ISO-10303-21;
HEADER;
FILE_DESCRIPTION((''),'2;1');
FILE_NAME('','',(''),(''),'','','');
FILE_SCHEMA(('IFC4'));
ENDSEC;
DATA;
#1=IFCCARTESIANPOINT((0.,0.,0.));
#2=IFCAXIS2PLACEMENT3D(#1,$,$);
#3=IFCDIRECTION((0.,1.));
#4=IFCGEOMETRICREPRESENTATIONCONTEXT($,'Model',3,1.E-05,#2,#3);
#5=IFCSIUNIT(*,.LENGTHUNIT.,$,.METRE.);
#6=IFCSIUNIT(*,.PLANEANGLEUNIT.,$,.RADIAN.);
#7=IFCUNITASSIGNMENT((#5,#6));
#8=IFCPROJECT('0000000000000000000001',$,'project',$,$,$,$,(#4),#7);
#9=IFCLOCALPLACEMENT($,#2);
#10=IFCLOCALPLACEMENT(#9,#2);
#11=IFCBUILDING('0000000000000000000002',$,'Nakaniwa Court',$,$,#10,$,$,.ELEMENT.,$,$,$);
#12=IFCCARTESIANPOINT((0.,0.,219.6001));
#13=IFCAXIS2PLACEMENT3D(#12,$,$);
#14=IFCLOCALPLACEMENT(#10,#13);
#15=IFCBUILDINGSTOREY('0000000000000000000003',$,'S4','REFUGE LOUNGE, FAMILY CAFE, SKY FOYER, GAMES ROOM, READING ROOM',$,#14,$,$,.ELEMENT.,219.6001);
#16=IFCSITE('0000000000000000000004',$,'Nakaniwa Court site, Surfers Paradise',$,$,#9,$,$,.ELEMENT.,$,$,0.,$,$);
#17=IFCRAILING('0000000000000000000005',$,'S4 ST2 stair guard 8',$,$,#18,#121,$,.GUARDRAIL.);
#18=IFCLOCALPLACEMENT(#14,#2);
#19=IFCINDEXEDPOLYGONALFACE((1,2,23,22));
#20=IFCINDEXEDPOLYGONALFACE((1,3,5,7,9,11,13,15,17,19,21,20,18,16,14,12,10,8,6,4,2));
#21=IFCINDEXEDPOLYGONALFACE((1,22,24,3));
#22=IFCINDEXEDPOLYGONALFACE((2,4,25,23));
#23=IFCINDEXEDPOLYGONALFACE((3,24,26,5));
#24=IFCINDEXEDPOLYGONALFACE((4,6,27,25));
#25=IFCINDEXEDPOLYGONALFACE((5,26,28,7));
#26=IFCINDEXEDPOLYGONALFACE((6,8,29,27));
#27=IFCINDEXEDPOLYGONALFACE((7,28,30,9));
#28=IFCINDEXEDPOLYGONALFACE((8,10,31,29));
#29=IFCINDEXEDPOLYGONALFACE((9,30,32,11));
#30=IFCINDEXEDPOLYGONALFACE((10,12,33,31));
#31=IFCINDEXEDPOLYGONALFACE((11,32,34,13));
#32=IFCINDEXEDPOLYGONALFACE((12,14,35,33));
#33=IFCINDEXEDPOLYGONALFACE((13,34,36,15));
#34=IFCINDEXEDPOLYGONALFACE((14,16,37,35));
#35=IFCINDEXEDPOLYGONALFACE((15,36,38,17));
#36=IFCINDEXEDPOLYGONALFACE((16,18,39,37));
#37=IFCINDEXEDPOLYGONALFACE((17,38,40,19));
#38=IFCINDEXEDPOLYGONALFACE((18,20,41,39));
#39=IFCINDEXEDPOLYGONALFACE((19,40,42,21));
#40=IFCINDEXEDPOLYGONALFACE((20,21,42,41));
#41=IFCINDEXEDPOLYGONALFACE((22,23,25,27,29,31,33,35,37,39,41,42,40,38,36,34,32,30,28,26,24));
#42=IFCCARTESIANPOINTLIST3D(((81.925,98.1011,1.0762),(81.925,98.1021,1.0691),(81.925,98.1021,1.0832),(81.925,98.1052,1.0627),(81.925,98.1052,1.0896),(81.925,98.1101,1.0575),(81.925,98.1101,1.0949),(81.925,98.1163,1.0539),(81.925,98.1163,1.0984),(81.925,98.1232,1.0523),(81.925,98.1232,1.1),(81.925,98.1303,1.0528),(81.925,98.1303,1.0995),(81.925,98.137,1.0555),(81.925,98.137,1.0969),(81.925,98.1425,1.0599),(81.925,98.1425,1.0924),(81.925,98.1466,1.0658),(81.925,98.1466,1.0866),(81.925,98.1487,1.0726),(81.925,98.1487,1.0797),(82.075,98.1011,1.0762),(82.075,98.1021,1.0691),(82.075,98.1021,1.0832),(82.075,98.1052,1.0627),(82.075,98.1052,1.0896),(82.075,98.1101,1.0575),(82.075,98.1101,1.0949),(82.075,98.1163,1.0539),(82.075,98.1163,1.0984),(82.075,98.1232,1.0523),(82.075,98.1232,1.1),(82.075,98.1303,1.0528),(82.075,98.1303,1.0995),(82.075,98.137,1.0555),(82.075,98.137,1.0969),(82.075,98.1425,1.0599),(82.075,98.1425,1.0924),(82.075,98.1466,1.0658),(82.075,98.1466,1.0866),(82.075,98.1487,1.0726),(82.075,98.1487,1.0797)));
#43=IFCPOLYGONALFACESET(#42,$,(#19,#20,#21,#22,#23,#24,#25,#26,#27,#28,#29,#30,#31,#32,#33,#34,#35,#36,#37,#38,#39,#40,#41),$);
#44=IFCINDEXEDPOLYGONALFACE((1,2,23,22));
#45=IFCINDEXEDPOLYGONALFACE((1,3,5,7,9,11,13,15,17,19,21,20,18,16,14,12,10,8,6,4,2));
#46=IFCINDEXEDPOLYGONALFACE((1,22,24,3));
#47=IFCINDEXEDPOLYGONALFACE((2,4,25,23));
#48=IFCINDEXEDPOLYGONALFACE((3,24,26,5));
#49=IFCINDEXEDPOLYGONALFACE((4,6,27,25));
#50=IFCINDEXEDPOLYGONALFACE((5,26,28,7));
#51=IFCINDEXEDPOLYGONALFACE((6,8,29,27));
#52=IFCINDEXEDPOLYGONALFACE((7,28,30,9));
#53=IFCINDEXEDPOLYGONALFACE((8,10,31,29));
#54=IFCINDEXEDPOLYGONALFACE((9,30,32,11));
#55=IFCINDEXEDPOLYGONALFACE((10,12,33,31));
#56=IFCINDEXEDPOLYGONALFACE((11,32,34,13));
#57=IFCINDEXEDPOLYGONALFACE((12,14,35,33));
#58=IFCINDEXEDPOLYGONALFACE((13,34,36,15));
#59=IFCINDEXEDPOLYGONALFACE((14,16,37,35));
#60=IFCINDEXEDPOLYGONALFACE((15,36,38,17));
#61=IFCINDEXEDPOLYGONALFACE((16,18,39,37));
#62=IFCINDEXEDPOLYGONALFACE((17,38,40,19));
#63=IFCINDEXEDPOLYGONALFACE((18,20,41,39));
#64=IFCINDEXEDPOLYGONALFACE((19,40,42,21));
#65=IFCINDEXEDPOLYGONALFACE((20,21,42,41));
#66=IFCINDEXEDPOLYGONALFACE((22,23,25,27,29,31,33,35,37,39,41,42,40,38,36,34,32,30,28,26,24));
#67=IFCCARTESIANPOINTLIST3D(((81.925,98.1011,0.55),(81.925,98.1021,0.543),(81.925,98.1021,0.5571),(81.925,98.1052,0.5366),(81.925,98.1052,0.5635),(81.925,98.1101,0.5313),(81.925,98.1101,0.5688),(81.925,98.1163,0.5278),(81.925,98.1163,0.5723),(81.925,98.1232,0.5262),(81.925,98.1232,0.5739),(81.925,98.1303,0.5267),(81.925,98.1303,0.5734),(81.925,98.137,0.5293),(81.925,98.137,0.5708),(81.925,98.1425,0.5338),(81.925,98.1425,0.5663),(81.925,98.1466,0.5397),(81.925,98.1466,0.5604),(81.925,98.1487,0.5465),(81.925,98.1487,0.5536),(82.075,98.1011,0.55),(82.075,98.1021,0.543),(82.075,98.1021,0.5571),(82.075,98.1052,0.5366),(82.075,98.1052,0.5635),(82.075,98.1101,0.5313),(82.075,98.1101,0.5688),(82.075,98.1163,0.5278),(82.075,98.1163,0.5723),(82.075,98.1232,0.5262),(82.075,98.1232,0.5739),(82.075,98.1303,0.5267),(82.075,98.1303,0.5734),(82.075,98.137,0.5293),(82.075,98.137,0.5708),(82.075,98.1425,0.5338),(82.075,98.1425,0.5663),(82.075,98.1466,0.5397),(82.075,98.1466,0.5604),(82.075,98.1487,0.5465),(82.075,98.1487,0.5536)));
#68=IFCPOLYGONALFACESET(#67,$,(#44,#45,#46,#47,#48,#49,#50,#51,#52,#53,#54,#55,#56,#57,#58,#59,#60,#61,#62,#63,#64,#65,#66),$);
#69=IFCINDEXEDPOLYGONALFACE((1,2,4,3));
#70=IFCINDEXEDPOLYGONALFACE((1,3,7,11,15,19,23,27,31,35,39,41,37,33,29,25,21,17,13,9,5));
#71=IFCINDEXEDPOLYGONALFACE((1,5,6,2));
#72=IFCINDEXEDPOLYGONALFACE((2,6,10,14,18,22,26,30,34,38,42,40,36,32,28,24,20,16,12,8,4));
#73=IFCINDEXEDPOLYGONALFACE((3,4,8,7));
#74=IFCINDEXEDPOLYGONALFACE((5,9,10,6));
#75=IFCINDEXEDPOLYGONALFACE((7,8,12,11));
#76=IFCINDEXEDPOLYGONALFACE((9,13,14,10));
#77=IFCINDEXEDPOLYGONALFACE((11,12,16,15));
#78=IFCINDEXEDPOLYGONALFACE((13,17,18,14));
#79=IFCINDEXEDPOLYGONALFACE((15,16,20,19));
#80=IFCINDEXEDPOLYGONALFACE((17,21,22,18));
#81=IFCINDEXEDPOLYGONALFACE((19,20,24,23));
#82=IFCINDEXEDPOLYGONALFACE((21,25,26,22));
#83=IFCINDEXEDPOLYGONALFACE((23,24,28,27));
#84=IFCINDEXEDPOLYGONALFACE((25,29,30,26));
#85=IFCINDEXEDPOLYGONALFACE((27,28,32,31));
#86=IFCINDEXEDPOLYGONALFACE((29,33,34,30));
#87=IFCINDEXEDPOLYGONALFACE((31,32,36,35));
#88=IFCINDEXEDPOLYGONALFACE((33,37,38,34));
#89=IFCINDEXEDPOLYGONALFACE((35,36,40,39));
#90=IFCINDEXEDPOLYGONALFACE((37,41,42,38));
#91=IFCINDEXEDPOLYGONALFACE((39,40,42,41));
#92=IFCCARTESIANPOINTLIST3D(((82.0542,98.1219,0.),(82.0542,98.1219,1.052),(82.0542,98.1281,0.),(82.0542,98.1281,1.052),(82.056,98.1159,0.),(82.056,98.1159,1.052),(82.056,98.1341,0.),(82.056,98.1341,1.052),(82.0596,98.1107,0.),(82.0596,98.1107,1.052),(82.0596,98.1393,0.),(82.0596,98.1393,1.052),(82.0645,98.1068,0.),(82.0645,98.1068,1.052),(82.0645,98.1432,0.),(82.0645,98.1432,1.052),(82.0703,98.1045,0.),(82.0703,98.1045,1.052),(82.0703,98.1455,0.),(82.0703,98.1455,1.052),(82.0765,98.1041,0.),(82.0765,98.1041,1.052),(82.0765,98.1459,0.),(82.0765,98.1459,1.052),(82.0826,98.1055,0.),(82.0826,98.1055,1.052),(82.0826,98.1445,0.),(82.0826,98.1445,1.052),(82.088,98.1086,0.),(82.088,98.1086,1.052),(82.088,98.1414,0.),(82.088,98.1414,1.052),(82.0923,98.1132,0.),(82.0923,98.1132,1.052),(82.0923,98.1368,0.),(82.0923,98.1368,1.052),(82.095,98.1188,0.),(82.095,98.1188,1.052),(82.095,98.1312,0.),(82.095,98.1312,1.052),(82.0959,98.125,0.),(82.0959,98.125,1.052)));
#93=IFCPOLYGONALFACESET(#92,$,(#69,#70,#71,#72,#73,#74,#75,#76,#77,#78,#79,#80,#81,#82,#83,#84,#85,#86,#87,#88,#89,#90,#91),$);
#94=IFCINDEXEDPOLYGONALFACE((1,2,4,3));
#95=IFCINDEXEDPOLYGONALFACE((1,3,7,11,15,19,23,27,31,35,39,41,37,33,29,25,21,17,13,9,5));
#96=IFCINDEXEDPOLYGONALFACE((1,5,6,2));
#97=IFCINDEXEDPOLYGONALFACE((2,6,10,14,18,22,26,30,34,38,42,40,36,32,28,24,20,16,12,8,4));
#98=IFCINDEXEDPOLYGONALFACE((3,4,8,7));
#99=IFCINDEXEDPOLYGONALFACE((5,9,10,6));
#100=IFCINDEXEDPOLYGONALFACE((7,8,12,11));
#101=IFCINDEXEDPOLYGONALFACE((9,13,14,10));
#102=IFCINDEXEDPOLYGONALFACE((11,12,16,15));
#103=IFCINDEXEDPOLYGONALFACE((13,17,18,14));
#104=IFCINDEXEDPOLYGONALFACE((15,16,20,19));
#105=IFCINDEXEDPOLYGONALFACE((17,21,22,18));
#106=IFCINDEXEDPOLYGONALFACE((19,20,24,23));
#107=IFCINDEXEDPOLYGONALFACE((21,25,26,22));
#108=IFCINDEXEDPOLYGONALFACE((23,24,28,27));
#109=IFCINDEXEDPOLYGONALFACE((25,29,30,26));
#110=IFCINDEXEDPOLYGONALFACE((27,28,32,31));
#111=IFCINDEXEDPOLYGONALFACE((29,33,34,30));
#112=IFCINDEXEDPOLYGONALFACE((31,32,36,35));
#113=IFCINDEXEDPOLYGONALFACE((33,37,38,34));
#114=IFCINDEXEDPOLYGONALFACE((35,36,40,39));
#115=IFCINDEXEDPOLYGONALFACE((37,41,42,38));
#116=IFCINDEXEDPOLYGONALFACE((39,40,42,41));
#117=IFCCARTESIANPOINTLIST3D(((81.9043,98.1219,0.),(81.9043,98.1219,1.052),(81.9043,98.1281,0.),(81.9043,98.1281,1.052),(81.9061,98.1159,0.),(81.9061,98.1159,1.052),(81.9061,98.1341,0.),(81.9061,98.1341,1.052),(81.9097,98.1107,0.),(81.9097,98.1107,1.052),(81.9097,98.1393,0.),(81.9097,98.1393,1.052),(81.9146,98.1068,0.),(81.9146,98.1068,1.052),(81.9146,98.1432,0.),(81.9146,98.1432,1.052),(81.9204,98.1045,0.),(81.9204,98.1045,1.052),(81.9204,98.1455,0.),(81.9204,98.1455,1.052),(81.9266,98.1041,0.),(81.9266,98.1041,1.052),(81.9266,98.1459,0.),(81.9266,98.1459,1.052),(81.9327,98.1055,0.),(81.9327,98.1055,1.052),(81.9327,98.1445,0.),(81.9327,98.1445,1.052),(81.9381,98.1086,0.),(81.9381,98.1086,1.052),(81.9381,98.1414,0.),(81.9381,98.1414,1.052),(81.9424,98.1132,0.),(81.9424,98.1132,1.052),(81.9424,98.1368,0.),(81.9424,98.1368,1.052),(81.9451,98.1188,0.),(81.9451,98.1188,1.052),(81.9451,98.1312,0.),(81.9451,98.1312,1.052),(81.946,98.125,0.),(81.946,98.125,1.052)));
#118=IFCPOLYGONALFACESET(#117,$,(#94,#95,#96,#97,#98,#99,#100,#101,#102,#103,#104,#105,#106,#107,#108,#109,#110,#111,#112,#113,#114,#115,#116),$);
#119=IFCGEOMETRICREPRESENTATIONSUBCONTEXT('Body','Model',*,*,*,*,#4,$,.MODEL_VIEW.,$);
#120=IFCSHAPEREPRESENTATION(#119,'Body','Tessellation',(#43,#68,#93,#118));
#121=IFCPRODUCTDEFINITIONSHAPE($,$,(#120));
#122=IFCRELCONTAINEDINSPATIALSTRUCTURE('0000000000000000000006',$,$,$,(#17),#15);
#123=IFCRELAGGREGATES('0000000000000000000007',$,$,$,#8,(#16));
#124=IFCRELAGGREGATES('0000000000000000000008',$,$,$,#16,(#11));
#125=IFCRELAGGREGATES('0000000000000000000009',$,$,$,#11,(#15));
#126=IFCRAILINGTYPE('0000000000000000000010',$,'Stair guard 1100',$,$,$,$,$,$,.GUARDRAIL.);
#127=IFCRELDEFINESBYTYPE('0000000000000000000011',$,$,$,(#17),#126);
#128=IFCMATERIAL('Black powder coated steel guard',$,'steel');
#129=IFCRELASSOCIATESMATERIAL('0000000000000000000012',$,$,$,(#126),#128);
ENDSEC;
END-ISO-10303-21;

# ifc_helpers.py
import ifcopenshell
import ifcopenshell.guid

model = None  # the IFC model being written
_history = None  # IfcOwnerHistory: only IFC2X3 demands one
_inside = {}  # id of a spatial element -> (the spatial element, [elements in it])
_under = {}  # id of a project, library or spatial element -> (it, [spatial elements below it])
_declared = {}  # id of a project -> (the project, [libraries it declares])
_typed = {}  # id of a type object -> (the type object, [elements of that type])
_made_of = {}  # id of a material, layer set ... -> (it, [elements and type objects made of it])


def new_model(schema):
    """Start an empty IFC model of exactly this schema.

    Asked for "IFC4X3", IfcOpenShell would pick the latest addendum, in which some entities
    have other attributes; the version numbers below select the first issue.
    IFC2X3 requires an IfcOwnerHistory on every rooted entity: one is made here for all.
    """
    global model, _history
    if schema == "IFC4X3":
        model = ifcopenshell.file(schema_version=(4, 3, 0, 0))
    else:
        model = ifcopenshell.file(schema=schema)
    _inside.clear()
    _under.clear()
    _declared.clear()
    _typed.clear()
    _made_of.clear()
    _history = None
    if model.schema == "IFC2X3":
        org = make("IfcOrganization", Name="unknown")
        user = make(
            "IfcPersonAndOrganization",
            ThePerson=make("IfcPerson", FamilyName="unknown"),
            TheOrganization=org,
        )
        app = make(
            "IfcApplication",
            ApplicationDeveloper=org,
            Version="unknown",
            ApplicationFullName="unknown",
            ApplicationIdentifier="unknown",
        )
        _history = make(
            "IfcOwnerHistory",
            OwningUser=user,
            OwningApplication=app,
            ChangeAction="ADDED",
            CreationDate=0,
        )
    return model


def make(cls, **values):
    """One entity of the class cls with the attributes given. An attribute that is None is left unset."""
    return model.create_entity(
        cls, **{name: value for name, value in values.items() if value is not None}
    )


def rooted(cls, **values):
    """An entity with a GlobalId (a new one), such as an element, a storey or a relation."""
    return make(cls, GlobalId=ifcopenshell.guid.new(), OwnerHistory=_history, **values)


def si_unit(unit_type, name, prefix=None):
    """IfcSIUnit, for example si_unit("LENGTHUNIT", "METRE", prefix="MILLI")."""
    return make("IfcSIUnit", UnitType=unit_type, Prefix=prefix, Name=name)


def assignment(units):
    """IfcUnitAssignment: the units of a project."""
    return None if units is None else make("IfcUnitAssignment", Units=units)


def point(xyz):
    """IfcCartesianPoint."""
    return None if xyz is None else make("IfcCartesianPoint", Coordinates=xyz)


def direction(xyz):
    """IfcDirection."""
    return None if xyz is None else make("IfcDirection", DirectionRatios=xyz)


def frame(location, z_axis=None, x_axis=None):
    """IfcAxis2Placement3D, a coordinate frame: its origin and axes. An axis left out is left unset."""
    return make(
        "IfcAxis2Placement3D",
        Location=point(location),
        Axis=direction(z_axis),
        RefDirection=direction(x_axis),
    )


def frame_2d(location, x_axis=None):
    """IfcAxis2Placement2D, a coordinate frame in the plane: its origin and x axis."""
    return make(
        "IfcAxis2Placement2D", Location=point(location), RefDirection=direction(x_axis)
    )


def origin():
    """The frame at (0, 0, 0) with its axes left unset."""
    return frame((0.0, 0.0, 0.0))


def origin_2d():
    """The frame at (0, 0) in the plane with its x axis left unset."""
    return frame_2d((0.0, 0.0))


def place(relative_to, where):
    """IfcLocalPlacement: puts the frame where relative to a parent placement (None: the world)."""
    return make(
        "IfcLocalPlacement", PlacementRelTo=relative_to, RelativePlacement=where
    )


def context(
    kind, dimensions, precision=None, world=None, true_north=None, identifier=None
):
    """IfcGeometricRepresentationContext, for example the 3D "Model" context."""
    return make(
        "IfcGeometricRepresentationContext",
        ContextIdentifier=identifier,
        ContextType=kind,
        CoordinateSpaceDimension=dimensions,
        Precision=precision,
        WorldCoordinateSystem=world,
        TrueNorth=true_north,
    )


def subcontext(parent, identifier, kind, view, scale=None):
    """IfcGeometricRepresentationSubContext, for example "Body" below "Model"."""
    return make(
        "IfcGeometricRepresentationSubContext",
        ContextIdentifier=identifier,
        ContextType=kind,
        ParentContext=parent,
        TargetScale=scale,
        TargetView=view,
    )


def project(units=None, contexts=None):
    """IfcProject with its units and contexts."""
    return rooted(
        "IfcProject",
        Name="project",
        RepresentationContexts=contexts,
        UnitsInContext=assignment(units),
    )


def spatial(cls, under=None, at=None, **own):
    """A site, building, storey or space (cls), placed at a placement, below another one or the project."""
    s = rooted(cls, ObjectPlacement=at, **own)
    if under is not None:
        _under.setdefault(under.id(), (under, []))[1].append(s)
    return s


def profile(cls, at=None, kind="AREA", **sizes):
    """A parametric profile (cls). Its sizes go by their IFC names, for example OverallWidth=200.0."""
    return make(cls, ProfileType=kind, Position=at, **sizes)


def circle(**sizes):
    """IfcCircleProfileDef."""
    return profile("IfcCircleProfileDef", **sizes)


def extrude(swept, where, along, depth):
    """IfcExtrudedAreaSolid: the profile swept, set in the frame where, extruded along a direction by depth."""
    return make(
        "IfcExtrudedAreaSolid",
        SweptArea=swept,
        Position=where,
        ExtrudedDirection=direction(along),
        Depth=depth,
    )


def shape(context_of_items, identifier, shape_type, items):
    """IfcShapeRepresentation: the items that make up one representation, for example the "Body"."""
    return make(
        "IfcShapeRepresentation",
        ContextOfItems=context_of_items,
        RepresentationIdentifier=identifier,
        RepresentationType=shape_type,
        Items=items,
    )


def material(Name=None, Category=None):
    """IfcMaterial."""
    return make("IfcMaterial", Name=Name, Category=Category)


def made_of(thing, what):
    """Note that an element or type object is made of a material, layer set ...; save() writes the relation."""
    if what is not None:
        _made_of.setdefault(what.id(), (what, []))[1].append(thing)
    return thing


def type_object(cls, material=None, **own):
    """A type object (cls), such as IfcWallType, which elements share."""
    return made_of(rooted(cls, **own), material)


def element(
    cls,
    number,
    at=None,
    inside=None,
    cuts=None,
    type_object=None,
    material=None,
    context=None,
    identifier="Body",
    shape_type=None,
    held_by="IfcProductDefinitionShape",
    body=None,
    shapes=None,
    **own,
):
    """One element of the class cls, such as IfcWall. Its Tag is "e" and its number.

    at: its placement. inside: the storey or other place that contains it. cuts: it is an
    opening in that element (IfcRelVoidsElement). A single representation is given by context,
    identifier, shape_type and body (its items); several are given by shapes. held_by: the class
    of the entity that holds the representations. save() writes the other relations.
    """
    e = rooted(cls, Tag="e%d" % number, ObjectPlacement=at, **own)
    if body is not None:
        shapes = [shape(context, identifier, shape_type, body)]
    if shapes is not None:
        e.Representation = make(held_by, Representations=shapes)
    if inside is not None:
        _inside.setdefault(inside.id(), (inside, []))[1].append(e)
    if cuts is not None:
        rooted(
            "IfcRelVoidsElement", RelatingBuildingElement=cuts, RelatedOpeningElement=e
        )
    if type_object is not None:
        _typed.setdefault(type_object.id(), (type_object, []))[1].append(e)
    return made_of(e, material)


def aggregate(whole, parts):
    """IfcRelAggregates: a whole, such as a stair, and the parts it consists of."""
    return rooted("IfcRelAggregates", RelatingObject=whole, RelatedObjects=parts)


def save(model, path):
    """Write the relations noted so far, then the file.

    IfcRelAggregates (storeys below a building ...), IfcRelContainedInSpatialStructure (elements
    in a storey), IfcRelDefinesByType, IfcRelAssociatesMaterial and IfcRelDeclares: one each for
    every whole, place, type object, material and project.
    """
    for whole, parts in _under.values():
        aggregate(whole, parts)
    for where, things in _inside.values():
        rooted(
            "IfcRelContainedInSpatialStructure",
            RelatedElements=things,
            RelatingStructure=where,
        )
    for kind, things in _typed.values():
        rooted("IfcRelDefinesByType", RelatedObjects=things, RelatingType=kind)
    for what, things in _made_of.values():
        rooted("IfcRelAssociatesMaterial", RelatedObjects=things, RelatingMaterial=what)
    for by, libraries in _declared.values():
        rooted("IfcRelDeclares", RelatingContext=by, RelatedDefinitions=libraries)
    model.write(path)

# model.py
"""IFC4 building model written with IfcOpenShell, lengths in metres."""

from ifc_helpers import new_model, si_unit, direction, frame, origin, origin_2d, place, context, subcontext, project, spatial, circle, extrude, material, type_object, element, save


model = new_model("IFC4")

# Units and contexts
model_context = context("Model", 3, precision=1e-05, world=origin(), true_north=direction((0.0, 1.0)))
body_context = subcontext(model_context, "Body", "Model", "MODEL_VIEW")
ifc_project = project(units=[si_unit("LENGTHUNIT", "METRE"), si_unit("PLANEANGLEUNIT", "RADIAN")], contexts=[model_context])

# Site, building, storey
site_placement = place(None, origin())
site = spatial("IfcSite", under=ifc_project, at=site_placement, Name="Nakaniwa Court site, Surfers Paradise", CompositionType="ELEMENT", RefElevation=0.0)
building_placement = place(site_placement, origin())
building = spatial("IfcBuilding", under=site, at=building_placement, Name="Nakaniwa Court", CompositionType="ELEMENT")
storey_placement = place(building_placement, frame((0.0, 0.0, 219.6001)))
storey = spatial("IfcBuildingStorey", under=building, at=storey_placement, Name="S4", Description="REFUGE LOUNGE, FAMILY CAFE, SKY FOYER, GAMES ROOM, READING ROOM", CompositionType="ELEMENT", Elevation=219.6001)

# Railing
ifc_material_1 = material(Name="Black powder coated steel guard", Category="steel")
railing_type_1 = type_object("IfcRailingType", Name="Stair guard 1100", PredefinedType="GUARDRAIL", material=ifc_material_1)
railing_1_placement = place(storey_placement, frame((82.075, 98.125, 0.0)))
element("IfcRailing", 1, at=railing_1_placement, inside=storey, type_object=railing_type_1, Name="S4 ST2 stair guard 8", PredefinedType="GUARDRAIL", context=body_context, shape_type="SweptSolid", body=[
    extrude(circle(Radius=0.0239, at=origin_2d()), frame((0.0, 0.0, 1.0762), z_axis=(-1.0, 0.0, 0.0), x_axis=(0.0, -1.0, 0.0)), (0.0, 0.0, 1.0), 0.1499),
    extrude(circle(Radius=0.0239, at=origin_2d()), frame((0.0, 0.0, 0.55), z_axis=(-1.0, 0.0, 0.0), x_axis=(0.0, -1.0, 0.0)), (0.0, 0.0, 1.0), 0.1499),
    extrude(circle(Radius=0.021, at=origin_2d()), origin(), (0.0, 0.0, 1.0), 1.052),
    extrude(circle(Radius=0.021, at=origin_2d()), frame((-0.1499, 0.0, 0.0)), (0.0, 0.0, 1.0), 1.052),
])

save(model, "model.ifc")
